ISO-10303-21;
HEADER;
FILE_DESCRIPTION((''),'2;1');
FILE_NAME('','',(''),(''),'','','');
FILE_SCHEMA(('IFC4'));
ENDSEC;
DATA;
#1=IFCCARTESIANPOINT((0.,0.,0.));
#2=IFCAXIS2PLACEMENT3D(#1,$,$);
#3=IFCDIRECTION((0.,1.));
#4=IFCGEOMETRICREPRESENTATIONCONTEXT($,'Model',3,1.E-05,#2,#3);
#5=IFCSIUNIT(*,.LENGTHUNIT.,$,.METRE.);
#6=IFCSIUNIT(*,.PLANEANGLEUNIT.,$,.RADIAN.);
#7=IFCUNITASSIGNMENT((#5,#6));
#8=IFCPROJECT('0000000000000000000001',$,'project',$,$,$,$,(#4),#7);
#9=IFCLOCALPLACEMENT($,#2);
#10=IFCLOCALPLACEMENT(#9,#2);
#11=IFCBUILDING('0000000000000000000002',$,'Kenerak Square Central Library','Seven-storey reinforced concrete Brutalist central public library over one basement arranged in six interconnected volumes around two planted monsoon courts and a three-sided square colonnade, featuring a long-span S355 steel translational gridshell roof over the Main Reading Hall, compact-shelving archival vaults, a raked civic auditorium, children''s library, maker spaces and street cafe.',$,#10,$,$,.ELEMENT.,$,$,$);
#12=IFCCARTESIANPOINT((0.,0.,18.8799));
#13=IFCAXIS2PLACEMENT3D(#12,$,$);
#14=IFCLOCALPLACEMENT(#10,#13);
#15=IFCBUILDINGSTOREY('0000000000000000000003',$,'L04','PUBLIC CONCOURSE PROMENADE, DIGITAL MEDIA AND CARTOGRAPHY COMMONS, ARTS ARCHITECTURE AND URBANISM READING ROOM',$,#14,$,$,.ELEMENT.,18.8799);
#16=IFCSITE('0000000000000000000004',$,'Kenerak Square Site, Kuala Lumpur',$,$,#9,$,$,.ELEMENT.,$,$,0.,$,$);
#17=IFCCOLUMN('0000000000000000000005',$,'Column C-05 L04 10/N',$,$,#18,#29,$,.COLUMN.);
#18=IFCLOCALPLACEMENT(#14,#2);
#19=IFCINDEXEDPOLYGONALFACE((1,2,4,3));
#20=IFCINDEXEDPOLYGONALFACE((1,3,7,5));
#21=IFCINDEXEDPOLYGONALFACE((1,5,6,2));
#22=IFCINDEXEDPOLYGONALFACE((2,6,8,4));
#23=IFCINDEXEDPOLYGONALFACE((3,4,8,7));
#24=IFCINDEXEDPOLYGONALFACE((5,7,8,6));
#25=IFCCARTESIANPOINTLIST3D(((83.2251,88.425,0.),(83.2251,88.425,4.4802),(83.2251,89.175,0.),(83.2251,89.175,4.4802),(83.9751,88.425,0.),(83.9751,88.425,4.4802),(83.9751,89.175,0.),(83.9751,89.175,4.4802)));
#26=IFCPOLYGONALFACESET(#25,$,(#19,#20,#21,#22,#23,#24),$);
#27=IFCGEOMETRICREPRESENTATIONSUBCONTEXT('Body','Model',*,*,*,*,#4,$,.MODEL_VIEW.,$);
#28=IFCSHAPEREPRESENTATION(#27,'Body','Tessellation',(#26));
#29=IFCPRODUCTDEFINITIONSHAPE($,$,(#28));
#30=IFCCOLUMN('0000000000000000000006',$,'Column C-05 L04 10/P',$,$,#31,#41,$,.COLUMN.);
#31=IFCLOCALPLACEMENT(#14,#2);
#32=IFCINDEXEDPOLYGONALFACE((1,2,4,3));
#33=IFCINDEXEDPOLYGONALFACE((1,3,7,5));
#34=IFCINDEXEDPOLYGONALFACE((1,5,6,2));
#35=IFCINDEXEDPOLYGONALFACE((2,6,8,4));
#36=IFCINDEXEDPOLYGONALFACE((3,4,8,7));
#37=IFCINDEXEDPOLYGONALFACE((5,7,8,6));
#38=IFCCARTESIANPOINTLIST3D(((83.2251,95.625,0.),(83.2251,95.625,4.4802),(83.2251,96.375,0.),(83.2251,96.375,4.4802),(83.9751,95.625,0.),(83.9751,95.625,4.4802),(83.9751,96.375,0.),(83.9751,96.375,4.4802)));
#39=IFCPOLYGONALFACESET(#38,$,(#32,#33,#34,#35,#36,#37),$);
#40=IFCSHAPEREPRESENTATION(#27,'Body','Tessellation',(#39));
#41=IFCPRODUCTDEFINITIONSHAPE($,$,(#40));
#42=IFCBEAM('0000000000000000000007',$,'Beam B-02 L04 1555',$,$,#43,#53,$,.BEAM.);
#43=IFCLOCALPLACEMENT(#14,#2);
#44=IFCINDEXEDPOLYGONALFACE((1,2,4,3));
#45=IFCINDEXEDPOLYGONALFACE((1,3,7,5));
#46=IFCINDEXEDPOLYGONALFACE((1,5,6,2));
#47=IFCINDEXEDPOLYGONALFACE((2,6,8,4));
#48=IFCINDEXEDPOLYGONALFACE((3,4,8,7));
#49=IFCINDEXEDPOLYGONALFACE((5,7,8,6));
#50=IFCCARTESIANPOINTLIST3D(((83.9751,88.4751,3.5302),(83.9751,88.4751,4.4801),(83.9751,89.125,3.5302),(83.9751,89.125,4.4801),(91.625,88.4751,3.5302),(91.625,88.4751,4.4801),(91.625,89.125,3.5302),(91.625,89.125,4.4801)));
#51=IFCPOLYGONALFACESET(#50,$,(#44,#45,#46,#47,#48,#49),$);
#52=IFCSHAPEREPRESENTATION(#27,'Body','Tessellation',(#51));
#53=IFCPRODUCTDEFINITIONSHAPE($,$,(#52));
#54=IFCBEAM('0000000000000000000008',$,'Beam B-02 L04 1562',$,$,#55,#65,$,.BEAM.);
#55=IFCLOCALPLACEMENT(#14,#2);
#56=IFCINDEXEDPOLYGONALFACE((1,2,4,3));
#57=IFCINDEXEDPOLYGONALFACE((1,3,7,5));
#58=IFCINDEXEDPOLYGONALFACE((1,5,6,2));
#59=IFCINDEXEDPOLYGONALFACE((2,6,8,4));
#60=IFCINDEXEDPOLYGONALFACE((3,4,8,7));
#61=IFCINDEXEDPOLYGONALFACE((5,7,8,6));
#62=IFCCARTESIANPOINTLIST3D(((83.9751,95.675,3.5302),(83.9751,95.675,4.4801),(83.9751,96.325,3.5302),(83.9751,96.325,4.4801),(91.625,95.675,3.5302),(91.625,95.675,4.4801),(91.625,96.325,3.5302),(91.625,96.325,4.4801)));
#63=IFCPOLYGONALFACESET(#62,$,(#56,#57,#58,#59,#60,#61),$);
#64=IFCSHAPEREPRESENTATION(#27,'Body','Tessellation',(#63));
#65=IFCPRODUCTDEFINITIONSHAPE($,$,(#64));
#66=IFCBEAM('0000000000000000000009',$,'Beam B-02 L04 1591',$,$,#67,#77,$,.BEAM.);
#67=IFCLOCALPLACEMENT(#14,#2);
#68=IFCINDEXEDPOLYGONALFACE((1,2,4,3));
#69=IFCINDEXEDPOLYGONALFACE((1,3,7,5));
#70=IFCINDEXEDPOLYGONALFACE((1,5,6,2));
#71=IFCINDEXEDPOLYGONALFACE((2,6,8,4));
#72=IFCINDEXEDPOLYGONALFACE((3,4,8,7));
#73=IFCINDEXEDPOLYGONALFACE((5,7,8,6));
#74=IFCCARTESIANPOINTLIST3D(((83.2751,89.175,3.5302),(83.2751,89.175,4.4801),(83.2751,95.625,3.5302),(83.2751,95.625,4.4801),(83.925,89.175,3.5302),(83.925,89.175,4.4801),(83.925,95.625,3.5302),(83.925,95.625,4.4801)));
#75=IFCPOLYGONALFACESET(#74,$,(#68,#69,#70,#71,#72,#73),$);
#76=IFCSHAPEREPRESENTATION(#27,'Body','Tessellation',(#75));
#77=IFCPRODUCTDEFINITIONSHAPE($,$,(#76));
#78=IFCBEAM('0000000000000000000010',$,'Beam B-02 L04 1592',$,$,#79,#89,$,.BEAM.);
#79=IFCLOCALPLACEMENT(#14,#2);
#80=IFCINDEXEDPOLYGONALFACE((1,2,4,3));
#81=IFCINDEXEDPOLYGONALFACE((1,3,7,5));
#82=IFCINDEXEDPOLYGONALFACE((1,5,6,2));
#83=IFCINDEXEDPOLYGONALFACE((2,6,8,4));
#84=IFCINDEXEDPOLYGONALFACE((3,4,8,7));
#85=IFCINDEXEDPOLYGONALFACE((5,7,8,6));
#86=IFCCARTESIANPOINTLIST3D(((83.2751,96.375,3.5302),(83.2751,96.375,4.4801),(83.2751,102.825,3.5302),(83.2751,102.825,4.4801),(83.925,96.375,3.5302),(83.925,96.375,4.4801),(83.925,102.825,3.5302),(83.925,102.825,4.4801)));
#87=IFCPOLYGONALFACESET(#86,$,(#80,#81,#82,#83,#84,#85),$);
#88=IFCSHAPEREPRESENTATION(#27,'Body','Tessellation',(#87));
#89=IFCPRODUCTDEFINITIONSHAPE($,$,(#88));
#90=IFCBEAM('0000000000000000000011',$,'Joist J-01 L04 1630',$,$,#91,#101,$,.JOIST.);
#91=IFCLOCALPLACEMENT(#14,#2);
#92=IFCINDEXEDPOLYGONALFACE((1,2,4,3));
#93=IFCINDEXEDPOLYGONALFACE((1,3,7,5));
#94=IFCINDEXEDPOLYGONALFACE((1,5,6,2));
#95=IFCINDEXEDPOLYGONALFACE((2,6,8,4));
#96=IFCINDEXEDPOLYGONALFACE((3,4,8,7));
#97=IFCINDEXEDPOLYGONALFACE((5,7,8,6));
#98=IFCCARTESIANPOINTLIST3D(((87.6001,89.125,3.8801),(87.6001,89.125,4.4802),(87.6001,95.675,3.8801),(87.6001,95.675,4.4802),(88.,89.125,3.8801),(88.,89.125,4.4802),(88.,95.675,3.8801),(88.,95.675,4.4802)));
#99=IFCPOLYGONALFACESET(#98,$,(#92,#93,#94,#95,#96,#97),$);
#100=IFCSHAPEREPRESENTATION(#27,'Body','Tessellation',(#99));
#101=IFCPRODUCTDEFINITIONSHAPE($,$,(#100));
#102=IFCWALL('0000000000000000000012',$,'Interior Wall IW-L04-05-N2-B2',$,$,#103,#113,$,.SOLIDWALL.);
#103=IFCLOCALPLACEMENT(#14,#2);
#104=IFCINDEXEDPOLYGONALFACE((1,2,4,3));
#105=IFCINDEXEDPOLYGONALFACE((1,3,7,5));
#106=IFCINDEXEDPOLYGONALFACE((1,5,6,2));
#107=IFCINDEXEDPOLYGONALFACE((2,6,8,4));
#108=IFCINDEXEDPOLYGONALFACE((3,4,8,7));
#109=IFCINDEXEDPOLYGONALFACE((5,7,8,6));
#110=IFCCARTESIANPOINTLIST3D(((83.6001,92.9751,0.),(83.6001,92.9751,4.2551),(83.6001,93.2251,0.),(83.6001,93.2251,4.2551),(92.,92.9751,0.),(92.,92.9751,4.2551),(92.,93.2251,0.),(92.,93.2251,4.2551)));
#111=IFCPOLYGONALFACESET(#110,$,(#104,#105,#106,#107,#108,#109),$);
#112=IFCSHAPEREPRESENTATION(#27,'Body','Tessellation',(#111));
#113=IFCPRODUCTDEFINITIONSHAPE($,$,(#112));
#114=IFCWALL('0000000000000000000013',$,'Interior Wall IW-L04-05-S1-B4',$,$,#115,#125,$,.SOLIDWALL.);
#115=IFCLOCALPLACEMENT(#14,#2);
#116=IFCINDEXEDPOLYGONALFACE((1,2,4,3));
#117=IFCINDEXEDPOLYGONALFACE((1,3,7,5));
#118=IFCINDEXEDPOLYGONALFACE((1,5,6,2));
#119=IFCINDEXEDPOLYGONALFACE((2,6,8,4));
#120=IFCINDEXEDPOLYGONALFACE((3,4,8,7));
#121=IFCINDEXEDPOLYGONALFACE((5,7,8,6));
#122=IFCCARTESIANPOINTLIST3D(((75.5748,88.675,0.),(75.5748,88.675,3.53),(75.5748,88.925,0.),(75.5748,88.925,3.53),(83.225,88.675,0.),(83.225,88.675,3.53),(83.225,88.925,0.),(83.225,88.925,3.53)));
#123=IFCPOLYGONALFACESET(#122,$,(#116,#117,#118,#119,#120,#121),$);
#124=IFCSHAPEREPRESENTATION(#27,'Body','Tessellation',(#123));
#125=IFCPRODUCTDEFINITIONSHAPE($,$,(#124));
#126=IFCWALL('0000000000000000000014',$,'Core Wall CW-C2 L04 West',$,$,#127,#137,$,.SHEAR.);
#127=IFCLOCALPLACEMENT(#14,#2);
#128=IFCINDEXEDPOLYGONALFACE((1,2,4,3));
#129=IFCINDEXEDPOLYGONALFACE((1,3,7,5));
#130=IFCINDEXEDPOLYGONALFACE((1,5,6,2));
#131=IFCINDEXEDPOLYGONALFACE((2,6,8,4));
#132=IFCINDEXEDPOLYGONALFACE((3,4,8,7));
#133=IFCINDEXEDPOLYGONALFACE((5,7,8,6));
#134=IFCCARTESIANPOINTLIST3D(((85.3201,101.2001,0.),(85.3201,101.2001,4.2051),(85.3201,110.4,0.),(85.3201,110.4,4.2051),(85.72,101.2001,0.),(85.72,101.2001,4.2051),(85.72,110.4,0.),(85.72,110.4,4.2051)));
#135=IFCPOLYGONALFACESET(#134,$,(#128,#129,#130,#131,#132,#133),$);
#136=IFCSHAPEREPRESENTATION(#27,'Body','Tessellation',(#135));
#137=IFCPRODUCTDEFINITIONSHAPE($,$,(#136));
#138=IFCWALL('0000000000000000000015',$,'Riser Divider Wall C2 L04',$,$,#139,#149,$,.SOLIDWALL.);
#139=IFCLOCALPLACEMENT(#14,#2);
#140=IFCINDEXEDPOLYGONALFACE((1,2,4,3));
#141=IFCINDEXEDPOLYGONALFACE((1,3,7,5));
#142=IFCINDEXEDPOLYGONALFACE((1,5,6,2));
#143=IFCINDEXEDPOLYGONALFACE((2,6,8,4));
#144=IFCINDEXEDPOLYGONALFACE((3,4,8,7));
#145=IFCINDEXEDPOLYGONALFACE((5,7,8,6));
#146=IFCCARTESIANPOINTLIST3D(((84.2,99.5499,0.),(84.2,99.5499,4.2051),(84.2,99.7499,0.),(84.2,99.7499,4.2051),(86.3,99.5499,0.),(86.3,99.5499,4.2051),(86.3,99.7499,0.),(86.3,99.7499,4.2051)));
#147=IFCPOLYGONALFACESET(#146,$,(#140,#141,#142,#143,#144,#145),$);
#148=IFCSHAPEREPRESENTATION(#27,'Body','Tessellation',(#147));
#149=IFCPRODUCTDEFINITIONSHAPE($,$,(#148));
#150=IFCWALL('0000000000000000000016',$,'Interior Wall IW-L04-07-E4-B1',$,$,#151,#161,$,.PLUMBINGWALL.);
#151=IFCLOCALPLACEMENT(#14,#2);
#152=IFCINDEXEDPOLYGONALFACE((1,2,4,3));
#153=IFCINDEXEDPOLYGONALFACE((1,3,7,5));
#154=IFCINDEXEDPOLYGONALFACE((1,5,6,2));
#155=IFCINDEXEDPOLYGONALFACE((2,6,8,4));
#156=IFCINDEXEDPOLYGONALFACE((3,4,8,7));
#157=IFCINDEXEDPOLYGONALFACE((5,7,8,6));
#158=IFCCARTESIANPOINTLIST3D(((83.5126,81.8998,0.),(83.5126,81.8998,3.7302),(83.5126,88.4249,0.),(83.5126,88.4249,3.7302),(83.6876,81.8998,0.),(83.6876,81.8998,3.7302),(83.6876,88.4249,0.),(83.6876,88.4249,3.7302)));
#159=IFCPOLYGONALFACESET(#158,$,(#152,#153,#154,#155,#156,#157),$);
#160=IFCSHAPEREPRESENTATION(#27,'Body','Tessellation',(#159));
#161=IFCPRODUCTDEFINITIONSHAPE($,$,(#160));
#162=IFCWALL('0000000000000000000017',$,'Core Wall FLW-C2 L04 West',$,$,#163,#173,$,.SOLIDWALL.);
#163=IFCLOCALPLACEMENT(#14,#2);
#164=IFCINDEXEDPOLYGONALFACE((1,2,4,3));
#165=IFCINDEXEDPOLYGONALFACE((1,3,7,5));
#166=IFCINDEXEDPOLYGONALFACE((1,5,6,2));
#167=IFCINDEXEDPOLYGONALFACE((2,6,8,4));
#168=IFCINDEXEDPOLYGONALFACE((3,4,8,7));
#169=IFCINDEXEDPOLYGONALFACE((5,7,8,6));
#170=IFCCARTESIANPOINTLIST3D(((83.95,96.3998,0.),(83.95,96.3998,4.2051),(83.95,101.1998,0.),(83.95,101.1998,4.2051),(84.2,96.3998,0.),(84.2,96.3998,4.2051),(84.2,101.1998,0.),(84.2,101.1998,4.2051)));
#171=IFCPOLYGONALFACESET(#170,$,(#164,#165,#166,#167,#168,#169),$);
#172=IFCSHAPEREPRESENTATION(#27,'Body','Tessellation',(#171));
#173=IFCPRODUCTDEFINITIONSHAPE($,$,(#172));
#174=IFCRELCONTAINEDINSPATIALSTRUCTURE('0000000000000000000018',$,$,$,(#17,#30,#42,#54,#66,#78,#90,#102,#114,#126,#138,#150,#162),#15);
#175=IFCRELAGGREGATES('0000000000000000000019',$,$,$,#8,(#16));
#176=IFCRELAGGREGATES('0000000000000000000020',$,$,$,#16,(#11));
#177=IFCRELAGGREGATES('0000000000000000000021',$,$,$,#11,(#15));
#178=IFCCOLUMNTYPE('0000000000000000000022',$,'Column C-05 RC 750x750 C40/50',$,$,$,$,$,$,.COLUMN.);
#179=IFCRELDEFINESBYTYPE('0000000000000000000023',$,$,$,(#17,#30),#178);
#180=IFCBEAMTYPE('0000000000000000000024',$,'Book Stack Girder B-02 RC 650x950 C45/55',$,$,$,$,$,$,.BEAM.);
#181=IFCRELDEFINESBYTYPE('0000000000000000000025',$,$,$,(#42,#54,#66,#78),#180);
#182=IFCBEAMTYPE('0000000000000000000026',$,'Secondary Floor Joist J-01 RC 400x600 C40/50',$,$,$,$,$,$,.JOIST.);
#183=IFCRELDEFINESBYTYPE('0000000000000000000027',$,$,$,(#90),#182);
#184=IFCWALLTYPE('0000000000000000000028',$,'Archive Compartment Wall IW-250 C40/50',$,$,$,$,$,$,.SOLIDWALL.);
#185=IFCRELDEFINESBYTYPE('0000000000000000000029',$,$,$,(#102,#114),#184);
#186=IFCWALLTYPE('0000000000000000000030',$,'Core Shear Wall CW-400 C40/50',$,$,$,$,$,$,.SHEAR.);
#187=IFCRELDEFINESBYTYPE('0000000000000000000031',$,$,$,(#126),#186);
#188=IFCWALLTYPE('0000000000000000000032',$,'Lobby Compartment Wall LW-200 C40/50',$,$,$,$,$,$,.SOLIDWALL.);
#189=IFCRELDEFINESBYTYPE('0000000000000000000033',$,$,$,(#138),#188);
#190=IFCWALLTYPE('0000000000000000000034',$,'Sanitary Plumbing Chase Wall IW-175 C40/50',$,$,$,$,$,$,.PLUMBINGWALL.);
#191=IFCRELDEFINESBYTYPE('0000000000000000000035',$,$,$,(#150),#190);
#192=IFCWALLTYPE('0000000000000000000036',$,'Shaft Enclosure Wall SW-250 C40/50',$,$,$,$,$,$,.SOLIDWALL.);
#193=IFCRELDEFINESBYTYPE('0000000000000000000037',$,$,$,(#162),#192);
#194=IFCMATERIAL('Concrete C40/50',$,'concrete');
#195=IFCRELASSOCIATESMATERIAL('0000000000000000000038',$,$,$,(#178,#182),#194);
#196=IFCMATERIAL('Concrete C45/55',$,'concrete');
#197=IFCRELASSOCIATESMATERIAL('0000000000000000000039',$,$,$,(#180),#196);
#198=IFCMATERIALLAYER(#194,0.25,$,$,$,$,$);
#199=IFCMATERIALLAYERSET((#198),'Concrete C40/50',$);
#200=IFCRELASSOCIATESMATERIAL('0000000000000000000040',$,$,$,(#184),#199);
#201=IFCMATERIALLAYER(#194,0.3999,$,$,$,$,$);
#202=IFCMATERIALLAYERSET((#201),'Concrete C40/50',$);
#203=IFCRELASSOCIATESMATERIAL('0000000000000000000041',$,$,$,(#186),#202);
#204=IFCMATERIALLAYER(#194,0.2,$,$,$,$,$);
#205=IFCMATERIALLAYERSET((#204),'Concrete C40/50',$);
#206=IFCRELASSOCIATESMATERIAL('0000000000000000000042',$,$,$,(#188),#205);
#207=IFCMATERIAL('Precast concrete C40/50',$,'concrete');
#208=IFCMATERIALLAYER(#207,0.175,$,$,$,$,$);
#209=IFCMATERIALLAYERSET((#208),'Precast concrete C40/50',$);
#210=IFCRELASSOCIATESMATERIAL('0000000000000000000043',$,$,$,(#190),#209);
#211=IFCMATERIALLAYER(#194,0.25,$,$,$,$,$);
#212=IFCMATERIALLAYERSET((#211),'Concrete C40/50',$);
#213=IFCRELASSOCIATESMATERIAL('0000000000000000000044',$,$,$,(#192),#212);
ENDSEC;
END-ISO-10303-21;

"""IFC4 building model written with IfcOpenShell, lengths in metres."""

from ifc_helpers import new_model, si_unit, direction, frame, frame_2d, origin, origin_2d, place, context, subcontext, project, spatial, rectangle, extrude, material, layer, layer_set, material_profile, profile_set, type_object, element, save


model = new_model("IFC4")

# Units and contexts
model_context = context("Model", 3, precision=1e-05, world=origin(), true_north=direction((0.0, 1.0)))
body_context = subcontext(model_context, "Body", "Model", "MODEL_VIEW")
ifc_project = project(units=[si_unit("LENGTHUNIT", "METRE"), si_unit("PLANEANGLEUNIT", "RADIAN")], contexts=[model_context])

# Site, building, storey
site_placement = place(None, origin())
site = spatial("IfcSite", under=ifc_project, at=site_placement, Name="Kenerak Square Site, Kuala Lumpur", CompositionType="ELEMENT", RefElevation=0.0)
building_placement = place(site_placement, origin())
building = spatial("IfcBuilding", under=site, at=building_placement, Name="Kenerak Square Central Library", Description="Seven-storey reinforced concrete Brutalist central public library over one basement arranged in six interconnected volumes around two planted monsoon courts and a three-sided square colonnade, featuring a long-span S355 steel translational gridshell roof over the Main Reading Hall, compact-shelving archival vaults, a raked civic auditorium, children's library, maker spaces and street cafe.", CompositionType="ELEMENT")
storey_placement = place(building_placement, frame((0.0, 0.0, 18.8799)))
storey = spatial("IfcBuildingStorey", under=building, at=storey_placement, Name="L04", Description="PUBLIC CONCOURSE PROMENADE, DIGITAL MEDIA AND CARTOGRAPHY COMMONS, ARTS ARCHITECTURE AND URBANISM READING ROOM", CompositionType="ELEMENT", Elevation=18.8799)

# Columns
ifc_material_1 = material(Name="Concrete C40/50", Category="concrete")
ifc_material_profile_1 = material_profile(ifc_material_1, rectangle(XDim=0.75, YDim=0.75, at=origin_2d()), Name="RC 750x750")
ifc_profile_set_1 = profile_set([ifc_material_profile_1], Name="Concrete C40/50")
column_type = type_object("IfcColumnType", Name="Column C-05 RC 750x750 C40/50", PredefinedType="COLUMN", material=ifc_profile_set_1)
for number, where, z_axis, x_axis, name in (
    (1, (83.6001, 88.8, 0.0), (0.0, 0.0, 1.0), (1.0, 0.0, 0.0), "Column C-05 L04 10/N"),
    (2, (83.6001, 96.0, 0.0), (0.0, 0.0, 1.0), (1.0, 0.0, 0.0), "Column C-05 L04 10/P"),
):
    element("IfcColumn", number, at=place(storey_placement, frame(where, z_axis=z_axis, x_axis=x_axis)), inside=storey, type_object=column_type, Name=name, PredefinedType="COLUMN", context=body_context, shape_type="SweptSolid", body=[
        extrude(rectangle(XDim=0.75, YDim=0.75, at=origin_2d()), origin(), (0.0, 0.0, 1.0), 4.4802),
    ])

# Beams
ifc_material_2 = material(Name="Concrete C45/55", Category="concrete")
ifc_material_profile_2 = material_profile(ifc_material_2, rectangle(XDim=0.6499, YDim=0.95, at=origin_2d()), Name="RC 650x950")
ifc_profile_set_2 = profile_set([ifc_material_profile_2], Name="Concrete C45/55")
beam_type_1 = type_object("IfcBeamType", Name="Book Stack Girder B-02 RC 650x950 C45/55", PredefinedType="BEAM", material=ifc_profile_set_2)
for number, where, z_axis, x_axis, name in (
    (3, (83.9751, 88.8, 4.0051), (1.0, 0.0, 0.0), (0.0, 1.0, 0.0), "Beam B-02 L04 1555"),
    (4, (83.9751, 96.0, 4.0051), (1.0, 0.0, 0.0), (0.0, 1.0, 0.0), "Beam B-02 L04 1562"),
):
    element("IfcBeam", number, at=place(storey_placement, frame(where, z_axis=z_axis, x_axis=x_axis)), inside=storey, type_object=beam_type_1, Name=name, PredefinedType="BEAM", context=body_context, shape_type="SweptSolid", body=[
        extrude(rectangle(XDim=0.6499, YDim=0.95, at=origin_2d()), origin(), (0.0, 0.0, 1.0), 7.6499),
    ])
for number, where, z_axis, x_axis, name in (
    (5, (83.6001, 89.175, 4.0051), (0.0, 1.0, 0.0), (-1.0, 0.0, 0.0), "Beam B-02 L04 1591"),
    (6, (83.6001, 96.375, 4.0051), (0.0, 1.0, 0.0), (-1.0, 0.0, 0.0), "Beam B-02 L04 1592"),
):
    element("IfcBeam", number, at=place(storey_placement, frame(where, z_axis=z_axis, x_axis=x_axis)), inside=storey, type_object=beam_type_1, Name=name, PredefinedType="BEAM", context=body_context, shape_type="SweptSolid", body=[
        extrude(rectangle(XDim=0.6499, YDim=0.95, at=origin_2d()), origin(), (0.0, 0.0, 1.0), 6.45),
    ])
ifc_material_profile_3 = material_profile(ifc_material_1, rectangle(XDim=0.3999, YDim=0.6001, at=origin_2d()), Name="RC 400x600")
ifc_profile_set_3 = profile_set([ifc_material_profile_3], Name="Concrete C40/50")
beam_type_2 = type_object("IfcBeamType", Name="Secondary Floor Joist J-01 RC 400x600 C40/50", PredefinedType="JOIST", material=ifc_profile_set_3)
beam_placement = place(storey_placement, frame((87.8, 89.125, 4.1802), z_axis=(0.0, 1.0, 0.0), x_axis=(-1.0, 0.0, 0.0)))
element("IfcBeam", 7, at=beam_placement, inside=storey, type_object=beam_type_2, Name="Joist J-01 L04 1630", PredefinedType="JOIST", context=body_context, shape_type="SweptSolid", body=[
    extrude(rectangle(XDim=0.3999, YDim=0.6001, at=origin_2d()), origin(), (0.0, 0.0, 1.0), 6.55),
])

# Walls
ifc_layer_1 = layer(ifc_material_1, 0.25)
ifc_layer_set_1 = layer_set([ifc_layer_1], Name="Concrete C40/50")
wall_type_1 = type_object("IfcWallType", Name="Archive Compartment Wall IW-250 C40/50", PredefinedType="SOLIDWALL", material=ifc_layer_set_1)
wall_1_placement = place(storey_placement, frame((83.6001, 93.1001, 0.0), z_axis=(0.0, 0.0, 1.0), x_axis=(1.0, 0.0, 0.0)))
element("IfcWall", 8, at=wall_1_placement, inside=storey, type_object=wall_type_1, Name="Interior Wall IW-L04-05-N2-B2", PredefinedType="SOLIDWALL", context=body_context, shape_type="SweptSolid", body=[
    extrude(rectangle(XDim=8.3999, YDim=0.25, at=frame_2d((4.2, 0.0))), origin(), (0.0, 0.0, 1.0), 4.2551),
])
wall_2_placement = place(storey_placement, frame((83.2251, 88.8, 0.0), z_axis=(0.0, 0.0, 1.0), x_axis=(-1.0, 0.0, 0.0)))
element("IfcWall", 9, at=wall_2_placement, inside=storey, type_object=wall_type_1, Name="Interior Wall IW-L04-05-S1-B4", PredefinedType="SOLIDWALL", context=body_context, shape_type="SweptSolid", body=[
    extrude(rectangle(XDim=7.6501, YDim=0.25, at=frame_2d((3.8252, 0.0))), origin(), (0.0, 0.0, 1.0), 3.53),
])
ifc_layer_2 = layer(ifc_material_1, 0.3999)
ifc_layer_set_2 = layer_set([ifc_layer_2], Name="Concrete C40/50")
wall_type_2 = type_object("IfcWallType", Name="Core Shear Wall CW-400 C40/50", PredefinedType="SHEAR", material=ifc_layer_set_2)
wall_3_placement = place(storey_placement, frame((85.52, 101.2, 0.0), z_axis=(0.0, 0.0, 1.0), x_axis=(0.0, 1.0, 0.0)))
element("IfcWall", 10, at=wall_3_placement, inside=storey, type_object=wall_type_2, Name="Core Wall CW-C2 L04 West", PredefinedType="SHEAR", context=body_context, shape_type="SweptSolid", body=[
    extrude(rectangle(XDim=9.2, YDim=0.3999, at=frame_2d((4.6001, 0.0))), origin(), (0.0, 0.0, 1.0), 4.2051),
])
ifc_layer_3 = layer(ifc_material_1, 0.2)
ifc_layer_set_3 = layer_set([ifc_layer_3], Name="Concrete C40/50")
wall_type_3 = type_object("IfcWallType", Name="Lobby Compartment Wall LW-200 C40/50", PredefinedType="SOLIDWALL", material=ifc_layer_set_3)
wall_4_placement = place(storey_placement, frame((84.2, 99.6499, 0.0), z_axis=(0.0, 0.0, 1.0), x_axis=(1.0, 0.0, 0.0)))
element("IfcWall", 11, at=wall_4_placement, inside=storey, type_object=wall_type_3, Name="Riser Divider Wall C2 L04", PredefinedType="SOLIDWALL", context=body_context, shape_type="SweptSolid", body=[
    extrude(rectangle(XDim=2.1001, YDim=0.2, at=frame_2d((1.05, 0.0))), origin(), (0.0, 0.0, 1.0), 4.2051),
])
ifc_material_3 = material(Name="Precast concrete C40/50", Category="concrete")
ifc_layer_4 = layer(ifc_material_3, 0.175)
ifc_layer_set_4 = layer_set([ifc_layer_4], Name="Precast concrete C40/50")
wall_type_4 = type_object("IfcWallType", Name="Sanitary Plumbing Chase Wall IW-175 C40/50", PredefinedType="PLUMBINGWALL", material=ifc_layer_set_4)
wall_5_placement = place(storey_placement, frame((83.6001, 88.425, 0.0), z_axis=(0.0, 0.0, 1.0), x_axis=(0.0, -1.0, 0.0)))
element("IfcWall", 12, at=wall_5_placement, inside=storey, type_object=wall_type_4, Name="Interior Wall IW-L04-07-E4-B1", PredefinedType="PLUMBINGWALL", context=body_context, shape_type="SweptSolid", body=[
    extrude(rectangle(XDim=6.5251, YDim=0.175, at=frame_2d((3.2627, 0.0))), origin(), (0.0, 0.0, 1.0), 3.7302),
])
ifc_layer_5 = layer(ifc_material_1, 0.25)
ifc_layer_set_5 = layer_set([ifc_layer_5], Name="Concrete C40/50")
wall_type_5 = type_object("IfcWallType", Name="Shaft Enclosure Wall SW-250 C40/50", PredefinedType="SOLIDWALL", material=ifc_layer_set_5)
wall_6_placement = place(storey_placement, frame((84.075, 96.3999, 0.0), z_axis=(0.0, 0.0, 1.0), x_axis=(0.0, 1.0, 0.0)))
element("IfcWall", 13, at=wall_6_placement, inside=storey, type_object=wall_type_5, Name="Core Wall FLW-C2 L04 West", PredefinedType="SOLIDWALL", context=body_context, shape_type="SweptSolid", body=[
    extrude(rectangle(XDim=4.8, YDim=0.25, at=frame_2d((2.3999, 0.0))), origin(), (0.0, 0.0, 1.0), 4.2051),
])

save(model, "model.ifc")
